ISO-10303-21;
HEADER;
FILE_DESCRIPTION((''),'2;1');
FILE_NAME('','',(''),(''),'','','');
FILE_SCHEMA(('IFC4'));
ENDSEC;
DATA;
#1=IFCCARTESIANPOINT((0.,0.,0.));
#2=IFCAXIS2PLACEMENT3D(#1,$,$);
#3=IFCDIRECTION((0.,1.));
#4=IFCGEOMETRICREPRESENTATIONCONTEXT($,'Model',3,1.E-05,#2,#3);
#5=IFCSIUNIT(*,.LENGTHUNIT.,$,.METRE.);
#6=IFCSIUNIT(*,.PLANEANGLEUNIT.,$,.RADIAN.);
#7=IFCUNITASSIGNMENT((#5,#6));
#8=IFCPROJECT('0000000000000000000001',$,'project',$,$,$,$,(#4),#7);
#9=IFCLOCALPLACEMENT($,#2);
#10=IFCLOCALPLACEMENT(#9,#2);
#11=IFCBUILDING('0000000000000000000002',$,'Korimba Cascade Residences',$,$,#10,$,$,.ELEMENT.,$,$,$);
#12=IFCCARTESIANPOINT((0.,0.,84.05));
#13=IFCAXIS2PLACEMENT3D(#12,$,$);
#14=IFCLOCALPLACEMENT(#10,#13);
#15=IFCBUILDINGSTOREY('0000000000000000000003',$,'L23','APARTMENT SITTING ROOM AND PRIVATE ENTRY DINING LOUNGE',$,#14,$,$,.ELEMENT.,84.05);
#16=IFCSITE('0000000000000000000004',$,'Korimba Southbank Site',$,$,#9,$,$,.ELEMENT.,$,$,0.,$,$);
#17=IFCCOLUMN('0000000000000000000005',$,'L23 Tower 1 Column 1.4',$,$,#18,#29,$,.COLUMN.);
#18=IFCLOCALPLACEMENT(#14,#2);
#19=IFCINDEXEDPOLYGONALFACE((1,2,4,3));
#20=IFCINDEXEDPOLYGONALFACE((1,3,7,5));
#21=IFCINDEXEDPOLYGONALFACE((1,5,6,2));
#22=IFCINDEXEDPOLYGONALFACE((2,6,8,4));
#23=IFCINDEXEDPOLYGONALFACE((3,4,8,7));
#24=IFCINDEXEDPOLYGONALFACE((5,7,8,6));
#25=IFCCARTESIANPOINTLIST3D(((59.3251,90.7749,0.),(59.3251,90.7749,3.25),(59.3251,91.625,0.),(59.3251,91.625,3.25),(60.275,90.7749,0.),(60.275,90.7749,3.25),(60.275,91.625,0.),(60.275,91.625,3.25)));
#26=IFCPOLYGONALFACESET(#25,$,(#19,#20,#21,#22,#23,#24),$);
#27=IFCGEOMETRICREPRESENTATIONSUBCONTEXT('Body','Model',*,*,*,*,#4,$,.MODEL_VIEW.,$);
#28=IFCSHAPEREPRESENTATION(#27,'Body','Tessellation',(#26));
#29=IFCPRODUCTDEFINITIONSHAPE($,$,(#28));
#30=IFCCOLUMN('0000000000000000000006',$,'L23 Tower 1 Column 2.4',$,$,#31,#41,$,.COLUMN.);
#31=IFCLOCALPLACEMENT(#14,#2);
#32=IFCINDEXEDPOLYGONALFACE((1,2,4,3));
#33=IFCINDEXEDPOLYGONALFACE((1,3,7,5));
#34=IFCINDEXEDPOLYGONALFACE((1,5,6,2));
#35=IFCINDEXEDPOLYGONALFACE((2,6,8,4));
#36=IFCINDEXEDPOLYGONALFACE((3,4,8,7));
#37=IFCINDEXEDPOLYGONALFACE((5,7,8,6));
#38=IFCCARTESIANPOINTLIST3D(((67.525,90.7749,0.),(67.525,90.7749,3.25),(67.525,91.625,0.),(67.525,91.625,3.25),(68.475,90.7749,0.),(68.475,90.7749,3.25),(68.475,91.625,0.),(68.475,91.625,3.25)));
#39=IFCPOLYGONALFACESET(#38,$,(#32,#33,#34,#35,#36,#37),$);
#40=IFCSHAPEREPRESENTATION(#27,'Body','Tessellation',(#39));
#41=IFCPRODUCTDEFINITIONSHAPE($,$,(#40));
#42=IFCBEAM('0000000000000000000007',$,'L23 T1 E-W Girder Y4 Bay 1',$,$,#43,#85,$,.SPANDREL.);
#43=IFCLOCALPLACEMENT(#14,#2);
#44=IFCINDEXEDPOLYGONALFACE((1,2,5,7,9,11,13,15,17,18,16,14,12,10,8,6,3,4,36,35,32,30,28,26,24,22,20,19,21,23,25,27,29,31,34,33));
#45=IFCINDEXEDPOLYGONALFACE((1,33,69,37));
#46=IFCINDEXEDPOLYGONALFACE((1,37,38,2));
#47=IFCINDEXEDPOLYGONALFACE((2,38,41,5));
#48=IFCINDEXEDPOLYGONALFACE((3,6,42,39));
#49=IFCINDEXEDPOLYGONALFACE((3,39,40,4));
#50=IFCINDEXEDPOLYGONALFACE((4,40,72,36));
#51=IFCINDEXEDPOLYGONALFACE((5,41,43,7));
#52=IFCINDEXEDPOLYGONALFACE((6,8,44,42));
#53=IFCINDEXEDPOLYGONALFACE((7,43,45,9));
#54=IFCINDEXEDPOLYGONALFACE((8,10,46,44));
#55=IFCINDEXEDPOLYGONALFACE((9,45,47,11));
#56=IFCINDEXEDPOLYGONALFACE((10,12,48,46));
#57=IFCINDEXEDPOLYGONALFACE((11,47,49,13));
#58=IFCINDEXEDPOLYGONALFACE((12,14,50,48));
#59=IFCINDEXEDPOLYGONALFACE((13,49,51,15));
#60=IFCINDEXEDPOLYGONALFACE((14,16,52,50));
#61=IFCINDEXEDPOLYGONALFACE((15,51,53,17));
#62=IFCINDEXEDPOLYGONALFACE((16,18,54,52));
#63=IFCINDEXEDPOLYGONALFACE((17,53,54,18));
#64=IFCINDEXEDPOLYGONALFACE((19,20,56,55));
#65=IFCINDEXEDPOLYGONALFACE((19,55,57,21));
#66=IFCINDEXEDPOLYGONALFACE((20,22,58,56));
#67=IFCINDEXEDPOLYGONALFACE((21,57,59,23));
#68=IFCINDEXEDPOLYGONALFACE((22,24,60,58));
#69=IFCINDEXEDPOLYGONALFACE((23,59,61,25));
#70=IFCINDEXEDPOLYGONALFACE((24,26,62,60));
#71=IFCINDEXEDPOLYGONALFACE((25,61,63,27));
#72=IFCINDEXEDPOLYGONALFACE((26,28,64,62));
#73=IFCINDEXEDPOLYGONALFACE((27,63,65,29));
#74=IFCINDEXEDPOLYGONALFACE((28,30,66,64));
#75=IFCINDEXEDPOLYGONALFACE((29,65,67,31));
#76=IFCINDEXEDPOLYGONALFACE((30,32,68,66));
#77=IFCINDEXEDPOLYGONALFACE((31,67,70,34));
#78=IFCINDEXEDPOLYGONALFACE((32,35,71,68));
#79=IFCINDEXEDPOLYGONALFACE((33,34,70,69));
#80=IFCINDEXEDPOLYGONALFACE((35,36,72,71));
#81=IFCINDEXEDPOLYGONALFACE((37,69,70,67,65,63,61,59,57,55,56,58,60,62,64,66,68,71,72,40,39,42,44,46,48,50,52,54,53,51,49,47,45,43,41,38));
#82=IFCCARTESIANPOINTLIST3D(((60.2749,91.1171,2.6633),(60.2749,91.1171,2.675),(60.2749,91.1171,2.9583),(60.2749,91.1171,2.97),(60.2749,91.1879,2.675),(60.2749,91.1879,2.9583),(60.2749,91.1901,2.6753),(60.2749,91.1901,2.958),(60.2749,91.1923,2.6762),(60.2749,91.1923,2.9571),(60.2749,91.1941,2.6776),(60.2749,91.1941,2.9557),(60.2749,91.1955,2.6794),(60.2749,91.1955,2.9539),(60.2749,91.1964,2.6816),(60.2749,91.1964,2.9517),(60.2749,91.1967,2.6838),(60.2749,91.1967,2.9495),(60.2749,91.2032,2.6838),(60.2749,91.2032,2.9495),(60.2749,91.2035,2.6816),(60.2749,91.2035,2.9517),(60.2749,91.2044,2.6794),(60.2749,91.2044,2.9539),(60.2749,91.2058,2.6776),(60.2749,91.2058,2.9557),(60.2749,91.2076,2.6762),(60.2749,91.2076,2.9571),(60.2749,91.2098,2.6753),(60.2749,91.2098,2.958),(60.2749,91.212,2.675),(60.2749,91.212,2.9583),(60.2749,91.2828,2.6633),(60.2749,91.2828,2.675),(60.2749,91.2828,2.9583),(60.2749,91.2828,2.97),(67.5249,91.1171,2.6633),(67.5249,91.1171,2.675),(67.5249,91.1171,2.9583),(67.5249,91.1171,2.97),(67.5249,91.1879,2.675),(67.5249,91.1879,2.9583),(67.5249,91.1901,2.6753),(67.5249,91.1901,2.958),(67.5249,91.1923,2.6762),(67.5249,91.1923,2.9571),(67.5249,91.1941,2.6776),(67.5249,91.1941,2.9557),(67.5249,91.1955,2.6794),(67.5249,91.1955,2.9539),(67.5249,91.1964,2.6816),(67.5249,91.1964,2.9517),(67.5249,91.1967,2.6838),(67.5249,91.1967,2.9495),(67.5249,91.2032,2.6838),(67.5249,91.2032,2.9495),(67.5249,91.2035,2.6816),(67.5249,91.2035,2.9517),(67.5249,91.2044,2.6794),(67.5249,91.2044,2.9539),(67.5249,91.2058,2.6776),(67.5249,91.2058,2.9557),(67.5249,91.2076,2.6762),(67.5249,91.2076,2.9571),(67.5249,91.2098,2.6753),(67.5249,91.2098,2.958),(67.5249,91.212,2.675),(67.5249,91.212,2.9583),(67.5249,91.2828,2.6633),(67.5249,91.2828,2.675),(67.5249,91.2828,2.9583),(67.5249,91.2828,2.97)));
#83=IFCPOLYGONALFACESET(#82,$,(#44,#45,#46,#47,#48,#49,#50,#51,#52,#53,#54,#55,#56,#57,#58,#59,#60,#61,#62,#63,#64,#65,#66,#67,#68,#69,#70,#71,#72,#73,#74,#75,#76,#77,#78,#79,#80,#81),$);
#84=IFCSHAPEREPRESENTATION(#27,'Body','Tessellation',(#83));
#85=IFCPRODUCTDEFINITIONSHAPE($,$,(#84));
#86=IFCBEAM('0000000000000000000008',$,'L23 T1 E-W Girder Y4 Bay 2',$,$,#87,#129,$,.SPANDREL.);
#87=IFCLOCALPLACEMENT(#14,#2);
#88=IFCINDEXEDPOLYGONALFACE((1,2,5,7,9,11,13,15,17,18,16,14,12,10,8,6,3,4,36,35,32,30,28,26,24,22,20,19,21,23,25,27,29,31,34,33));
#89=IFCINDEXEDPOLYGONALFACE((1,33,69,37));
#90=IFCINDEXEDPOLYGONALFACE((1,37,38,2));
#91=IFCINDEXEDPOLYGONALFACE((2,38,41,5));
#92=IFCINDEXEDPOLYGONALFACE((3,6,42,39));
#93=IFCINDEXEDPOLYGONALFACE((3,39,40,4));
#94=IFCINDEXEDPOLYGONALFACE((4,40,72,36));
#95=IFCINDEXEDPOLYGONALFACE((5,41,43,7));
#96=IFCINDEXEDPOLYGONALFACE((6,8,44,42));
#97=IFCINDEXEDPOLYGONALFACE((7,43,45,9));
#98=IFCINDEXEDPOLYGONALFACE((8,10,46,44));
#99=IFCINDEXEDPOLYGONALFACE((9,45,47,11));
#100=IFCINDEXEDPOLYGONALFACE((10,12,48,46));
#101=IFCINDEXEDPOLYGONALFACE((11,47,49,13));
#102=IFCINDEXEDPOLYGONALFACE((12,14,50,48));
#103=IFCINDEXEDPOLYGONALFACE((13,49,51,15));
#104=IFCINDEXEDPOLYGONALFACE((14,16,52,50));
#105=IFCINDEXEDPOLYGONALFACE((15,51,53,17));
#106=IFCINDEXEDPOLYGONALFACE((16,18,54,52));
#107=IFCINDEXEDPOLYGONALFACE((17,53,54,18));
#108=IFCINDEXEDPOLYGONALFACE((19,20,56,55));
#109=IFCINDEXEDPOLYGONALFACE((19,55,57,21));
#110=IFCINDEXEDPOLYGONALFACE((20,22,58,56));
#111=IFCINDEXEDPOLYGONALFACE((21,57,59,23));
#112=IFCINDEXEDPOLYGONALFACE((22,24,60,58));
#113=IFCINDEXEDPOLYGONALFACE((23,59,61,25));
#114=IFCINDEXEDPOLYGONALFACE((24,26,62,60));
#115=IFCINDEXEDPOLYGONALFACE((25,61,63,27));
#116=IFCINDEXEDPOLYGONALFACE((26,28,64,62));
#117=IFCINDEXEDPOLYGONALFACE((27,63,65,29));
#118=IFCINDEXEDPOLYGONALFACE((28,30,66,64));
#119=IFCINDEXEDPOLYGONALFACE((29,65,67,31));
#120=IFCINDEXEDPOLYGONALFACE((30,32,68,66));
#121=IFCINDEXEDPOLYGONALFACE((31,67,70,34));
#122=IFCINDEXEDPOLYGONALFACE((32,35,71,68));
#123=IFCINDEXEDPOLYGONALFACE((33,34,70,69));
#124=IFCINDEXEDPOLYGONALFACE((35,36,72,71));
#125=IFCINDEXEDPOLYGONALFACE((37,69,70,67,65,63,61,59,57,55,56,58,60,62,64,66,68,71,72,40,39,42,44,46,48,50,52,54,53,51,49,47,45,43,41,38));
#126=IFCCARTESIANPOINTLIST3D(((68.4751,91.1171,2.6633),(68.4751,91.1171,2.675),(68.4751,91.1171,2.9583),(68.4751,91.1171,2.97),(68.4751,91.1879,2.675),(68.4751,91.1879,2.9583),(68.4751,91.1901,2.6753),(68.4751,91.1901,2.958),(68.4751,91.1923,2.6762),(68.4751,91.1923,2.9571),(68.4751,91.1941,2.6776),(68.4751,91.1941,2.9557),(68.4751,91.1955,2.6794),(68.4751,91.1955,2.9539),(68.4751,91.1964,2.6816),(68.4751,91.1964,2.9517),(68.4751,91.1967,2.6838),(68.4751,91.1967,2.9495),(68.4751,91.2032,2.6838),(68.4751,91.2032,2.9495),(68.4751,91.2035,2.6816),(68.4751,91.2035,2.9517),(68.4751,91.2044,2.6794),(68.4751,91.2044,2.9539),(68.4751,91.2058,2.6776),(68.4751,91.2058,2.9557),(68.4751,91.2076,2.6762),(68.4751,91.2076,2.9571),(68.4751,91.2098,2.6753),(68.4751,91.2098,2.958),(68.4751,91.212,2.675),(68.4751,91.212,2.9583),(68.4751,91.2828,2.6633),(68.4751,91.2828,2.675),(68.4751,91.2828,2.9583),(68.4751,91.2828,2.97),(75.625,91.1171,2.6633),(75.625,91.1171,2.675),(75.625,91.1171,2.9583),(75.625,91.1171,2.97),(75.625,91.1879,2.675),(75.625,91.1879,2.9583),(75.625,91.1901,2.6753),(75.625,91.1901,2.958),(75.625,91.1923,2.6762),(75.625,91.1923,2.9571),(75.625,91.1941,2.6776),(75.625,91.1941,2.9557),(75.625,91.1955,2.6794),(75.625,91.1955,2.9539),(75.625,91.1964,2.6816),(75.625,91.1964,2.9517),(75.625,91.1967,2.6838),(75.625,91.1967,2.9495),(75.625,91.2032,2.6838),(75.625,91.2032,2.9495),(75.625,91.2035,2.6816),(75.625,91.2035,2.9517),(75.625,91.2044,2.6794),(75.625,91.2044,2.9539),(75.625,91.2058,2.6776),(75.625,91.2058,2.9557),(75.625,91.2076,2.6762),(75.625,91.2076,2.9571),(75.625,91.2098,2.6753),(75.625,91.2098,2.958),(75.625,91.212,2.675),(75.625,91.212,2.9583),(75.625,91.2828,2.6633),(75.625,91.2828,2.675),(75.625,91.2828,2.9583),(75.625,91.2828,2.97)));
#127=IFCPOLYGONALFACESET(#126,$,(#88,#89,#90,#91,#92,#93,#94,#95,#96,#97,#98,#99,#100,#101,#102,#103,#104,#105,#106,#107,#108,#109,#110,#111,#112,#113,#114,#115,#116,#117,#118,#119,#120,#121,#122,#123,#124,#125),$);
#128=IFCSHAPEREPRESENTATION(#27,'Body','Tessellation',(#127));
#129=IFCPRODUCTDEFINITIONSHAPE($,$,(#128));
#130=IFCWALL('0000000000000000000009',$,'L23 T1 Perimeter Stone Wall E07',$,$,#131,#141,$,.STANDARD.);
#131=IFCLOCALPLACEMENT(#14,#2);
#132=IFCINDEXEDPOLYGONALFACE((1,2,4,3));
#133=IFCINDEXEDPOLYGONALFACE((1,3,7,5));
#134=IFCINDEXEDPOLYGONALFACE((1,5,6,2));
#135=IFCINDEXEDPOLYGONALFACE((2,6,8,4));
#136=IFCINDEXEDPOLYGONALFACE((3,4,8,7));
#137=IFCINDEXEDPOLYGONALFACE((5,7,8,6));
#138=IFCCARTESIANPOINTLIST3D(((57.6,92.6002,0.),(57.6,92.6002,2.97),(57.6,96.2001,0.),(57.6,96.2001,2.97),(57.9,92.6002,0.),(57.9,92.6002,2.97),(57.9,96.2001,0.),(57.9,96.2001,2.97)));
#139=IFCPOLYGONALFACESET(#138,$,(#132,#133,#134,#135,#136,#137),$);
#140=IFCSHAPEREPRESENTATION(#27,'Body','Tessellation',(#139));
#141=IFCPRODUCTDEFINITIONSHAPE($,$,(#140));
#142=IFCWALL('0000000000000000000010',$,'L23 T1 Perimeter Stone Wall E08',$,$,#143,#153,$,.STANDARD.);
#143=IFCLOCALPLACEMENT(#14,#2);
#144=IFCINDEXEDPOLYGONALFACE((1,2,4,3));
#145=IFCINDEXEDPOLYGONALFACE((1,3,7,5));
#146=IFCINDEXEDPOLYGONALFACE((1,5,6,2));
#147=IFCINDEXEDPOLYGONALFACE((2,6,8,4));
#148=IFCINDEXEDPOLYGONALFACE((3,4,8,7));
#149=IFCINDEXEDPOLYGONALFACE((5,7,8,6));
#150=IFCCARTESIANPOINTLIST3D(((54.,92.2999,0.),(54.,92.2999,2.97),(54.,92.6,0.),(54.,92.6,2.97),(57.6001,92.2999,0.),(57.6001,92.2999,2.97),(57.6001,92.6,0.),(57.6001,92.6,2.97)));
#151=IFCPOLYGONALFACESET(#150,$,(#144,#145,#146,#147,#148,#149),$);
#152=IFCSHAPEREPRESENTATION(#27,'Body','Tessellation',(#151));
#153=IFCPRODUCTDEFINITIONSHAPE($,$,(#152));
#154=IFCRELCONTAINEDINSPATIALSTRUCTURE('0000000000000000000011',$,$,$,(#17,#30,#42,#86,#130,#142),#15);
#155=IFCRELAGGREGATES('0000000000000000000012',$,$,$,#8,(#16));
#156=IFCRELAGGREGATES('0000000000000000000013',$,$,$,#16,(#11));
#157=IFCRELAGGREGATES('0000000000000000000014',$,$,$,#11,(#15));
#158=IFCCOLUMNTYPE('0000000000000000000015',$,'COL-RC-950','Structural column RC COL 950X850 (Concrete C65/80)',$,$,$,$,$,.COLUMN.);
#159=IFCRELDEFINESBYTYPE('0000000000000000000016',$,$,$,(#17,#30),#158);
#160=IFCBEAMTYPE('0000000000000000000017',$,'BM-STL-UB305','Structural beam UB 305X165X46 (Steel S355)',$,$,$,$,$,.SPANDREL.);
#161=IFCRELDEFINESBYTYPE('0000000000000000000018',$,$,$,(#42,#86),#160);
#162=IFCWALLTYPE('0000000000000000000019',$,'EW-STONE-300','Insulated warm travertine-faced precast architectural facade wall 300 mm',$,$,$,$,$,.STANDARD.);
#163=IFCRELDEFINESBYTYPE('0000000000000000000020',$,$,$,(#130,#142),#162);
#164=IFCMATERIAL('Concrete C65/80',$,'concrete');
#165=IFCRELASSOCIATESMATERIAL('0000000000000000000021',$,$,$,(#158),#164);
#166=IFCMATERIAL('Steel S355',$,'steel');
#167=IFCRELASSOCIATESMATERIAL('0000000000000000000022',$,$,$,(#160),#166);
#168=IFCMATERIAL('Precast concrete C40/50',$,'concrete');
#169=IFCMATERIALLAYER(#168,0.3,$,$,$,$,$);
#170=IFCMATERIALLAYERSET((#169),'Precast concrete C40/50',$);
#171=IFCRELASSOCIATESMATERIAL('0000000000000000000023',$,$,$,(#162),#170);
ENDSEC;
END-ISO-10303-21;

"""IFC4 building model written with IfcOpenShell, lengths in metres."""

from ifc_helpers import new_model, si_unit, direction, frame, frame_2d, origin, origin_2d, place, context, subcontext, project, spatial, rectangle, i_section, extrude, material, layer, layer_set, material_profile, profile_set, type_object, element, save


model = new_model("IFC4")

# Units and contexts
model_context = context("Model", 3, precision=1e-05, world=origin(), true_north=direction((0.0, 1.0)))
body_context = subcontext(model_context, "Body", "Model", "MODEL_VIEW")
ifc_project = project(units=[si_unit("LENGTHUNIT", "METRE"), si_unit("PLANEANGLEUNIT", "RADIAN")], contexts=[model_context])

# Site, building, storey
site_placement = place(None, origin())
site = spatial("IfcSite", under=ifc_project, at=site_placement, Name="Korimba Southbank Site", CompositionType="ELEMENT", RefElevation=0.0)
building_placement = place(site_placement, origin())
building = spatial("IfcBuilding", under=site, at=building_placement, Name="Korimba Cascade Residences", CompositionType="ELEMENT")
storey_placement = place(building_placement, frame((0.0, 0.0, 84.05)))
storey = spatial("IfcBuildingStorey", under=building, at=storey_placement, Name="L23", Description="APARTMENT SITTING ROOM AND PRIVATE ENTRY DINING LOUNGE", CompositionType="ELEMENT", Elevation=84.05)

# Columns
ifc_material_1 = material(Name="Concrete C65/80", Category="concrete")
ifc_material_profile_1 = material_profile(ifc_material_1, rectangle(XDim=0.95, YDim=0.8501, at=origin_2d()), Name="Concrete C65/80")
ifc_profile_set_1 = profile_set([ifc_material_profile_1], Name="Concrete C65/80")
column_type = type_object("IfcColumnType", Name="COL-RC-950", Description="Structural column RC COL 950X850 (Concrete C65/80)", PredefinedType="COLUMN", material=ifc_profile_set_1)
for number, where, z_axis, x_axis, name in (
    (1, (59.8, 91.2, 0.0), (0.0, 0.0, 1.0), (1.0, 0.0, 0.0), "L23 Tower 1 Column 1.4"),
    (2, (68.0, 91.2, 0.0), (0.0, 0.0, 1.0), (1.0, 0.0, 0.0), "L23 Tower 1 Column 2.4"),
):
    element("IfcColumn", number, at=place(storey_placement, frame(where, z_axis=z_axis, x_axis=x_axis)), inside=storey, type_object=column_type, Name=name, PredefinedType="COLUMN", context=body_context, shape_type="SweptSolid", body=[
        extrude(rectangle(XDim=0.95, YDim=0.8501, at=origin_2d()), origin(), (0.0, 0.0, 1.0), 3.25),
    ])

# Beams
ifc_material_2 = material(Name="Steel S355", Category="steel")
ifc_material_profile_2 = material_profile(ifc_material_2, i_section(OverallWidth=0.1658, OverallDepth=0.3066, WebThickness=0.0066, FlangeThickness=0.0117, FilletRadius=0.0088, at=origin_2d()), Name="Steel S355")
ifc_profile_set_2 = profile_set([ifc_material_profile_2], Name="Steel S355")
beam_type = type_object("IfcBeamType", Name="BM-STL-UB305", Description="Structural beam UB 305X165X46 (Steel S355)", PredefinedType="SPANDREL", material=ifc_profile_set_2)
beam_1_placement = place(storey_placement, frame((60.2749, 91.2, 2.8167), z_axis=(1.0, 0.0, 0.0), x_axis=(0.0, 1.0, 0.0)))
element("IfcBeam", 3, at=beam_1_placement, inside=storey, type_object=beam_type, Name="L23 T1 E-W Girder Y4 Bay 1", PredefinedType="SPANDREL", context=body_context, shape_type="SweptSolid", body=[
    extrude(i_section(OverallWidth=0.1658, OverallDepth=0.3066, WebThickness=0.0066, FlangeThickness=0.0117, FilletRadius=0.0088, at=origin_2d()), origin(), (0.0, 0.0, 1.0), 7.25),
])
beam_2_placement = place(storey_placement, frame((68.4751, 91.2, 2.8167), z_axis=(1.0, 0.0, 0.0), x_axis=(0.0, 1.0, 0.0)))
element("IfcBeam", 4, at=beam_2_placement, inside=storey, type_object=beam_type, Name="L23 T1 E-W Girder Y4 Bay 2", PredefinedType="SPANDREL", context=body_context, shape_type="SweptSolid", body=[
    extrude(i_section(OverallWidth=0.1658, OverallDepth=0.3066, WebThickness=0.0066, FlangeThickness=0.0117, FilletRadius=0.0088, at=origin_2d()), origin(), (0.0, 0.0, 1.0), 7.1499),
])

# Walls
ifc_material_3 = material(Name="Precast concrete C40/50", Category="concrete")
ifc_layer_1 = layer(ifc_material_3, 0.3)
ifc_layer_set_1 = layer_set([ifc_layer_1], Name="Precast concrete C40/50")
wall_type_1 = type_object("IfcWallType", Name="EW-STONE-300", Description="Insulated warm travertine-faced precast architectural facade wall 300 mm", PredefinedType="STANDARD", material=ifc_layer_set_1)
wall_1_placement = place(storey_placement, frame((57.75, 96.2, 0.0), z_axis=(0.0, 0.0, 1.0), x_axis=(0.0, -1.0, 0.0)))
element("IfcWall", 5, at=wall_1_placement, inside=storey, type_object=wall_type_1, Name="L23 T1 Perimeter Stone Wall E07", PredefinedType="STANDARD", context=body_context, shape_type="SweptSolid", body=[
    extrude(rectangle(XDim=3.5999, YDim=0.3, at=frame_2d((1.7998, 0.0))), origin(), (0.0, 0.0, 1.0), 2.97),
])
wall_2_placement = place(storey_placement, frame((57.6001, 92.45, 0.0), z_axis=(0.0, 0.0, 1.0), x_axis=(-1.0, 0.0, 0.0)))
element("IfcWall", 6, at=wall_2_placement, inside=storey, type_object=wall_type_1, Name="L23 T1 Perimeter Stone Wall E08", PredefinedType="STANDARD", context=body_context, shape_type="SweptSolid", body=[
    extrude(rectangle(XDim=3.6001, YDim=0.3, at=frame_2d((1.8, 0.0))), origin(), (0.0, 0.0, 1.0), 2.97),
])

save(model, "model.ifc")
